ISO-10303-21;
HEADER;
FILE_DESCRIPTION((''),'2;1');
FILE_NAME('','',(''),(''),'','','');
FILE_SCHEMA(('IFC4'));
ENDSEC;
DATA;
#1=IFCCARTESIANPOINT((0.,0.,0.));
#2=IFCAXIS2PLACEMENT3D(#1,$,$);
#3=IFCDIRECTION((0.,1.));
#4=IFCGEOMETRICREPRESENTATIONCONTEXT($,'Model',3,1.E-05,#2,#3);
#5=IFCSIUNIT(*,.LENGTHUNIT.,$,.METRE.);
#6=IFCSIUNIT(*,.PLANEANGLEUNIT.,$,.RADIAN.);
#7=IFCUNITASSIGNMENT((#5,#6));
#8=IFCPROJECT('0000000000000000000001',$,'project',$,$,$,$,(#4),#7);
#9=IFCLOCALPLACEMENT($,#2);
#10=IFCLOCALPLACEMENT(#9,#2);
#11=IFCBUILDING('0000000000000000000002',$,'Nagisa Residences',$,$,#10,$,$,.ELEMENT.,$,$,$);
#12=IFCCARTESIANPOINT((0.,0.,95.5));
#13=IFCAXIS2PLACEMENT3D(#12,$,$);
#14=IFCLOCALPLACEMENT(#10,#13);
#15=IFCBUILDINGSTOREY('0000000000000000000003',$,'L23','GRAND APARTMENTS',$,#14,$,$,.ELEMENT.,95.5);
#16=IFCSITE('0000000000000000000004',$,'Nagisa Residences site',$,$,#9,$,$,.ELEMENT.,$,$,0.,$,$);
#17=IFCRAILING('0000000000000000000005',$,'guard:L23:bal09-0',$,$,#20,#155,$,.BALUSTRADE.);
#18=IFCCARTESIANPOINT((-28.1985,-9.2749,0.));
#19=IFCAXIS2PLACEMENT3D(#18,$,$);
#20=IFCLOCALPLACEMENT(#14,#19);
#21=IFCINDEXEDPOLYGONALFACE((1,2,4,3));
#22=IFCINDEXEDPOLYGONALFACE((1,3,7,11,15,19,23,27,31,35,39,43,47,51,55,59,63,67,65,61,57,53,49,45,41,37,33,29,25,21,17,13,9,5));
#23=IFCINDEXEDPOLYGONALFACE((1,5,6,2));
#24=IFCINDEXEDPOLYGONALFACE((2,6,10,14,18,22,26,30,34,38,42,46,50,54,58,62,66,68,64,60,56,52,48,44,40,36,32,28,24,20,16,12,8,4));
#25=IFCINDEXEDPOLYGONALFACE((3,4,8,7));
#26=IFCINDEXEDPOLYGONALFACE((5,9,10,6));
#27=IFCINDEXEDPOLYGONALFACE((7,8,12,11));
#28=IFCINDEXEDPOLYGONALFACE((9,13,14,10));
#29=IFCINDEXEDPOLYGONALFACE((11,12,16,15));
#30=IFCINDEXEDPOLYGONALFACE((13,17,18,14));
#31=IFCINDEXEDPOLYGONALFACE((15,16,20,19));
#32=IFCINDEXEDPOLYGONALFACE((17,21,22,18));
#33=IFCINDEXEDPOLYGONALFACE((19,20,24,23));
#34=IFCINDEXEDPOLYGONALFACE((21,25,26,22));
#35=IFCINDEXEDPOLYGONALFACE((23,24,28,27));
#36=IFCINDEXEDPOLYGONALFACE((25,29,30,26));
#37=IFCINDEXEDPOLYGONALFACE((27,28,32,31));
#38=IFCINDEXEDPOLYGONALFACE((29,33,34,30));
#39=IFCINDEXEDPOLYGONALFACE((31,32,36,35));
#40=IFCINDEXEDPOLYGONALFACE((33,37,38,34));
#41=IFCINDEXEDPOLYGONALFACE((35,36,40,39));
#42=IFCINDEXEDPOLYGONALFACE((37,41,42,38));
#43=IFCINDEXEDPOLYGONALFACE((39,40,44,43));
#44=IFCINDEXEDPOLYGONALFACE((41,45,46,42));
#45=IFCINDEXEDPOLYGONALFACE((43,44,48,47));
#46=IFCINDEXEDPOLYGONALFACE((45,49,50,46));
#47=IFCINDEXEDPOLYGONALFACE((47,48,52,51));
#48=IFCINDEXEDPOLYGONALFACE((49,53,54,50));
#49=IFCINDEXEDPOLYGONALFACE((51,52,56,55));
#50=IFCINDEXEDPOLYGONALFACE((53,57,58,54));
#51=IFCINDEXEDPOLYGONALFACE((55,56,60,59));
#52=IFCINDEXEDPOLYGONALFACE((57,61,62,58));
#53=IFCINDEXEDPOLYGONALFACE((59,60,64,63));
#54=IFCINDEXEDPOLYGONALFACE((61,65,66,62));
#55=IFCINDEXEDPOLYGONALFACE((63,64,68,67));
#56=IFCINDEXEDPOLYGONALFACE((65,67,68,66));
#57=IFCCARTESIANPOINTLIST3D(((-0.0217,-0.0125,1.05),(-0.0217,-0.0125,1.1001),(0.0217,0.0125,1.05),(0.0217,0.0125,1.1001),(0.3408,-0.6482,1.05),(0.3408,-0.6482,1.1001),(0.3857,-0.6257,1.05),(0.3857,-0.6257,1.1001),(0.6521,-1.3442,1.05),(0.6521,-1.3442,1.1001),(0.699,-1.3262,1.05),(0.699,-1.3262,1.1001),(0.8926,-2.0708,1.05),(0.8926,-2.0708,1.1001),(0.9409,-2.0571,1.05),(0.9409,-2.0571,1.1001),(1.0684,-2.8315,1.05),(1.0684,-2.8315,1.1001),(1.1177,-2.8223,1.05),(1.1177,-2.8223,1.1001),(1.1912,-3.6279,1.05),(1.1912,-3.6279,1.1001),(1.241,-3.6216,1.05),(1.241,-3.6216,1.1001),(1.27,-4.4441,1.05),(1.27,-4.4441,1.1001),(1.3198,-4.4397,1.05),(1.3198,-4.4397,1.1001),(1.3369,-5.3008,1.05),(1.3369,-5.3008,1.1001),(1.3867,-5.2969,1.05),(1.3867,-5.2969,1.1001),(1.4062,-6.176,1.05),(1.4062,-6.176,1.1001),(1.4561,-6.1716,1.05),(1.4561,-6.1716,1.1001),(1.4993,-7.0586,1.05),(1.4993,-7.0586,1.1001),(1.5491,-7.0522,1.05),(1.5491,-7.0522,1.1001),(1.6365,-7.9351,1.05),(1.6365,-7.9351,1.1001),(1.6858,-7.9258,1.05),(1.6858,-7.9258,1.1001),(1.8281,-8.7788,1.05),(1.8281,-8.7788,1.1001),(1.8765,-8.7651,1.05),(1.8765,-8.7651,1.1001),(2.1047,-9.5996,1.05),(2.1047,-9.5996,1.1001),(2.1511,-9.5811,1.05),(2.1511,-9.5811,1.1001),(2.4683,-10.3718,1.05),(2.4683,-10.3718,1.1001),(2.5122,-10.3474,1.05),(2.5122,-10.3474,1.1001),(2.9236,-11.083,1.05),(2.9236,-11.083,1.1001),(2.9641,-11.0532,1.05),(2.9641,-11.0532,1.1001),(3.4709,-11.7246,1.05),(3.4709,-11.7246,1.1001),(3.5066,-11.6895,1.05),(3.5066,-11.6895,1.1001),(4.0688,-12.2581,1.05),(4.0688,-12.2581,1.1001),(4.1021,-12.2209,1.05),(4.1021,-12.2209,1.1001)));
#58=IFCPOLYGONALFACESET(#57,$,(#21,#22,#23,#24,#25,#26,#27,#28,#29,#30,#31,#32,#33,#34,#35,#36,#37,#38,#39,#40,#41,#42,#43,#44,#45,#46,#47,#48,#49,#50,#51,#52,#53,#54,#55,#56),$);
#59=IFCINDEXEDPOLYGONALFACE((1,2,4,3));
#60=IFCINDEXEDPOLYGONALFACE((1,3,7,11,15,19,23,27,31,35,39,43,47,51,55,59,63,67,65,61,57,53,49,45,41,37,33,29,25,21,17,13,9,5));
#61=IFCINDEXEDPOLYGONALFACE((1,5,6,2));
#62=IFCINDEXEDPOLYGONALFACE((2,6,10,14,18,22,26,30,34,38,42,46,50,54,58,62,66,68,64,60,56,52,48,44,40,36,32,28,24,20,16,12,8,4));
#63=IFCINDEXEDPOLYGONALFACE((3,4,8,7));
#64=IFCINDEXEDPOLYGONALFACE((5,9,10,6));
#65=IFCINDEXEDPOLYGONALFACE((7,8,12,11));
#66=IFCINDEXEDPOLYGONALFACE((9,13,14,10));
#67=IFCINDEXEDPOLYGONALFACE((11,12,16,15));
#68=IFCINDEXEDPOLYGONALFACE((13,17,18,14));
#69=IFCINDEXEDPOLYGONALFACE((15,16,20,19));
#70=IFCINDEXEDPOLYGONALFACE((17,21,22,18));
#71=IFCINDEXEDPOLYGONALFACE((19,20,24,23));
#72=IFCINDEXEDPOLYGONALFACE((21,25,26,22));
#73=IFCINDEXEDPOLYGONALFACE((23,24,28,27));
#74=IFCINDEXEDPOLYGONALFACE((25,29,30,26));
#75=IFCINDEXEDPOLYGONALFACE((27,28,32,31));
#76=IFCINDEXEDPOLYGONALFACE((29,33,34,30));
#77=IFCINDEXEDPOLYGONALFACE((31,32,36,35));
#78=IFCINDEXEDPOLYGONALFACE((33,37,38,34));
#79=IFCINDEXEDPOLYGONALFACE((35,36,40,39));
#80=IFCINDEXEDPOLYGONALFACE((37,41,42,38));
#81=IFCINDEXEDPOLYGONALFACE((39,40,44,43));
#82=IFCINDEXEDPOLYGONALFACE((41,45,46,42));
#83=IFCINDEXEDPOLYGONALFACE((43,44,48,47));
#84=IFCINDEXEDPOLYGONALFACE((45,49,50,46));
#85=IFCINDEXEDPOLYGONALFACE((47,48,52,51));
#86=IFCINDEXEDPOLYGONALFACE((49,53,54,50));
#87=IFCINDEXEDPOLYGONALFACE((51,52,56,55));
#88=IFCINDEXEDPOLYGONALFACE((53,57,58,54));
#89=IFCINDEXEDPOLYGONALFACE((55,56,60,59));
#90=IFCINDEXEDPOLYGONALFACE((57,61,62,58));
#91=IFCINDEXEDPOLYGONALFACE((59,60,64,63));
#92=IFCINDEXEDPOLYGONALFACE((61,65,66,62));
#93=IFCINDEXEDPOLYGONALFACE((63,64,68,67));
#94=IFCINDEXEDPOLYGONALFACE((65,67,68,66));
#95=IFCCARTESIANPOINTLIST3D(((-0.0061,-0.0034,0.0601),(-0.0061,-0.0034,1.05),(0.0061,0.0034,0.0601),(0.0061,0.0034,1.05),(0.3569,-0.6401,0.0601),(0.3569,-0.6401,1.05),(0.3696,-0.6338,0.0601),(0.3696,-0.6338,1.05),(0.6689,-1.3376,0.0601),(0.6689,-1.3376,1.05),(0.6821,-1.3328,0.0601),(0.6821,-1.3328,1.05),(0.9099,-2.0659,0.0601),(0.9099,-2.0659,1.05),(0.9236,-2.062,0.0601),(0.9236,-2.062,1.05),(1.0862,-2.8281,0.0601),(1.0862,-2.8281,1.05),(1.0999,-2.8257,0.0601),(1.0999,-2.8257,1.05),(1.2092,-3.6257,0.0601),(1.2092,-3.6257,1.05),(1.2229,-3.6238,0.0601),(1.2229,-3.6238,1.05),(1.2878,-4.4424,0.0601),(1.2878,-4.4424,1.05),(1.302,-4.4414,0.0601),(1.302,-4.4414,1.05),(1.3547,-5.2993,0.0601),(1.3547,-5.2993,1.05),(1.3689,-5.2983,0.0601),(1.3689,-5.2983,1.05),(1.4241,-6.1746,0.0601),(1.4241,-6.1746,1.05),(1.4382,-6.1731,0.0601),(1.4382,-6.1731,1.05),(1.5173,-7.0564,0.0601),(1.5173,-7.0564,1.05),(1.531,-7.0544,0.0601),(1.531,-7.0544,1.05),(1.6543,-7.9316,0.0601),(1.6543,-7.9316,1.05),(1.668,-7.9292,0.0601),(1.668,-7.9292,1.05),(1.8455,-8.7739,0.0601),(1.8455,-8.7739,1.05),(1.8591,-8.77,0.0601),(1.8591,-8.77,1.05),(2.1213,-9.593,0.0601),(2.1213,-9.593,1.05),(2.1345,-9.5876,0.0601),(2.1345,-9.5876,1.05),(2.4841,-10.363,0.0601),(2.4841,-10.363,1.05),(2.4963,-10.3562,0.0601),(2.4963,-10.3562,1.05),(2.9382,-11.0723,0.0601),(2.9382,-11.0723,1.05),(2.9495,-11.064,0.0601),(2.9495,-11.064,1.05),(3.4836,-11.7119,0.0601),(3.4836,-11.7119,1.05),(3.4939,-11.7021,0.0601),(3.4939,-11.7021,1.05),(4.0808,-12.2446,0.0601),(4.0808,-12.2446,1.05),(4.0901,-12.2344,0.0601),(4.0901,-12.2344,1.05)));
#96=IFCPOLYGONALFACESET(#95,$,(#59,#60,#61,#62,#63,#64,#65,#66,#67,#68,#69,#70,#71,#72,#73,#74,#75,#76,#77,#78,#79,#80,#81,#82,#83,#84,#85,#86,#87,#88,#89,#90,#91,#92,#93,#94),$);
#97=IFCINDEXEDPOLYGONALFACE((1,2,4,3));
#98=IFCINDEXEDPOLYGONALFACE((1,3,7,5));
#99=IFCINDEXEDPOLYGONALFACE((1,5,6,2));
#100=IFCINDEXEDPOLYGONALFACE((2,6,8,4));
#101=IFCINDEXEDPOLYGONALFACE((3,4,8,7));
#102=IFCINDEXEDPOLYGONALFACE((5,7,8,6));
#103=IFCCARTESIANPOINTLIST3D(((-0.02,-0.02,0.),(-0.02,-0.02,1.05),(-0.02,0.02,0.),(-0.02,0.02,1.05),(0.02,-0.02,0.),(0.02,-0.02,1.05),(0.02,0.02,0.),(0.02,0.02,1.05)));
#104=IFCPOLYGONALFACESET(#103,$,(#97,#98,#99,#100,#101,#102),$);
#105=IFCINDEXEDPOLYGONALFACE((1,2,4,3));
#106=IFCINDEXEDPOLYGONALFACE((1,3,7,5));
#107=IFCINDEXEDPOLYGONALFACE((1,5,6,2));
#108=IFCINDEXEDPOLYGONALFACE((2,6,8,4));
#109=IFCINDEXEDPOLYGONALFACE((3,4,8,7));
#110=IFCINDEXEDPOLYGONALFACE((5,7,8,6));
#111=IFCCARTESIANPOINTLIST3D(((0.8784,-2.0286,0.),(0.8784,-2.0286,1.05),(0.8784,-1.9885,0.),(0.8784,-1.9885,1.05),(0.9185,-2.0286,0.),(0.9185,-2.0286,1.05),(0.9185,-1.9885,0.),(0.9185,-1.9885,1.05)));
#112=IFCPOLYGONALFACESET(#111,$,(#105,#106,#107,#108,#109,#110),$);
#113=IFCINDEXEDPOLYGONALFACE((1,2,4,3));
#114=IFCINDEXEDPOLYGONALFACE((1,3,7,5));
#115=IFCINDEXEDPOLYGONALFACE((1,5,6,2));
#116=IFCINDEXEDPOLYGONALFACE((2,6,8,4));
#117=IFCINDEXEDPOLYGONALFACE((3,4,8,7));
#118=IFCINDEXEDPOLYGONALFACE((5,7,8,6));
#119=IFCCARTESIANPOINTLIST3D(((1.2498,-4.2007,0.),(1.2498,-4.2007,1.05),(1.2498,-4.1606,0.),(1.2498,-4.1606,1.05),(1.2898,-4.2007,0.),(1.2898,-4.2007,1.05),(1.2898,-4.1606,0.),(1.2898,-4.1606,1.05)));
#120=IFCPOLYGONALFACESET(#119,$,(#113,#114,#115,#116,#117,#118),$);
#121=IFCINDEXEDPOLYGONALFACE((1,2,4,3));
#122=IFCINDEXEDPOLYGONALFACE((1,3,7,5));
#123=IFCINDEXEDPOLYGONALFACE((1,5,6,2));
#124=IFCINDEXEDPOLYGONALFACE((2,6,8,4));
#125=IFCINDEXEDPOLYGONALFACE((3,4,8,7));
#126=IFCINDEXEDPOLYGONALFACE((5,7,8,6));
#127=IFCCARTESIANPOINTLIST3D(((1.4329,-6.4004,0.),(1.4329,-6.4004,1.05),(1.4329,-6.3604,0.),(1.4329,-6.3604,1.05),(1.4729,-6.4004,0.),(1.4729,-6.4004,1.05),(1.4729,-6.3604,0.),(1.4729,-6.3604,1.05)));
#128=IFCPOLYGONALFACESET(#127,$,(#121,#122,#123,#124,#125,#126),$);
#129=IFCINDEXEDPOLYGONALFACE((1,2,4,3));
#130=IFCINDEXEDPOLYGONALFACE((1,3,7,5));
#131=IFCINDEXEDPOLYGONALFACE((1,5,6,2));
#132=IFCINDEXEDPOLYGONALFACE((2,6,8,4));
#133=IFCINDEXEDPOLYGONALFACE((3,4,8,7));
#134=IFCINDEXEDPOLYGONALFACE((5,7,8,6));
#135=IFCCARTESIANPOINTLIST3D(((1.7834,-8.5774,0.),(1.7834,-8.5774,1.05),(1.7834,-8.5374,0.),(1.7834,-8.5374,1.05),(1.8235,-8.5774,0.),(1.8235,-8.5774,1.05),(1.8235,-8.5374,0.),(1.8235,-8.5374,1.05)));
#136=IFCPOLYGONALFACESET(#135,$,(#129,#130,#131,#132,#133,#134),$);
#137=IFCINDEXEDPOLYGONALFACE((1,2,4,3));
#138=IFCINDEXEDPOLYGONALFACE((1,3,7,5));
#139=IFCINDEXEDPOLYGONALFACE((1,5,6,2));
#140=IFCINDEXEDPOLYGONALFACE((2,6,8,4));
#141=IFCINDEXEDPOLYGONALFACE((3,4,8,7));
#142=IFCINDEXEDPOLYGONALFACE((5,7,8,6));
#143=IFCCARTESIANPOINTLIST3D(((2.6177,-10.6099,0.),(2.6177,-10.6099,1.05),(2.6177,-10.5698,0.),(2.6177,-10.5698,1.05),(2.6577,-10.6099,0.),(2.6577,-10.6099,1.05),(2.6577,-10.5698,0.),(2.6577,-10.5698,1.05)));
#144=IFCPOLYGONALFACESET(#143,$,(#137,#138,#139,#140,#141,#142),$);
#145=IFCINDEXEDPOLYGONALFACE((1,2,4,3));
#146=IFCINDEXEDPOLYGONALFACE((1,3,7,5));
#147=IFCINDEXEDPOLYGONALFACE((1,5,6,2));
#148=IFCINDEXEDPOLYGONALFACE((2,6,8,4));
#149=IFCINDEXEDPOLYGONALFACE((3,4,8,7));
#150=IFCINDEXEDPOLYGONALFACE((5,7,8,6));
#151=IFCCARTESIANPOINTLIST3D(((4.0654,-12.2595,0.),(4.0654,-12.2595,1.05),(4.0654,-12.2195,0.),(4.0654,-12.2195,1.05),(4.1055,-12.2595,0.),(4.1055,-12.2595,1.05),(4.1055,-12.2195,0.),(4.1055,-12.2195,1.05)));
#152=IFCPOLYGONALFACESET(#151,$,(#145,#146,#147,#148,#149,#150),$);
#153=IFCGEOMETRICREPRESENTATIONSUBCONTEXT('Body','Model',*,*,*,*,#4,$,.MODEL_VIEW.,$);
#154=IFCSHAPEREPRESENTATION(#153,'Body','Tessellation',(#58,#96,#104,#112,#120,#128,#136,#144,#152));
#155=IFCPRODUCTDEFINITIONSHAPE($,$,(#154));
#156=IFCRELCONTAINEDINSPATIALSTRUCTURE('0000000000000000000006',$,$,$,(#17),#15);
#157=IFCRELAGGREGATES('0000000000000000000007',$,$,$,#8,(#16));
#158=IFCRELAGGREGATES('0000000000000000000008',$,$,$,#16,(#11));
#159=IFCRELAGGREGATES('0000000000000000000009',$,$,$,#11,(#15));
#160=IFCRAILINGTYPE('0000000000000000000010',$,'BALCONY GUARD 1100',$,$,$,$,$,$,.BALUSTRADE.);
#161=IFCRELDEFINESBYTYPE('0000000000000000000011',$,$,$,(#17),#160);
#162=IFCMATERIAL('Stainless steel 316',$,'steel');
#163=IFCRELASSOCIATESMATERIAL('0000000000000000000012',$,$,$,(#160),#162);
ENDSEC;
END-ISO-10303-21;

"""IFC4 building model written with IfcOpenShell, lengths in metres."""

from ifc_helpers import new_model, si_unit, direction, frame, origin, origin_2d, place, context, subcontext, project, spatial, polyline, rectangle, outline, extrude, material, type_object, element, save


model = new_model("IFC4")

# Units and contexts
model_context = context("Model", 3, precision=1e-05, world=origin(), true_north=direction((0.0, 1.0)))
body_context = subcontext(model_context, "Body", "Model", "MODEL_VIEW")
ifc_project = project(units=[si_unit("LENGTHUNIT", "METRE"), si_unit("PLANEANGLEUNIT", "RADIAN")], contexts=[model_context])

# Site, building, storey
site_placement = place(None, origin())
site = spatial("IfcSite", under=ifc_project, at=site_placement, Name="Nagisa Residences site", CompositionType="ELEMENT", RefElevation=0.0)
building_placement = place(site_placement, origin())
building = spatial("IfcBuilding", under=site, at=building_placement, Name="Nagisa Residences", CompositionType="ELEMENT")
storey_placement = place(building_placement, frame((0.0, 0.0, 95.5)))
storey = spatial("IfcBuildingStorey", under=building, at=storey_placement, Name="L23", Description="GRAND APARTMENTS", CompositionType="ELEMENT", Elevation=95.5)

# Railing
ifc_material_1 = material(Name="Stainless steel 316", Category="steel")
railing_type = type_object("IfcRailingType", Name="BALCONY GUARD 1100", PredefinedType="BALUSTRADE", material=ifc_material_1)
railing_placement = place(storey_placement, frame((-28.1985, -9.2749, 0.0)))
element("IfcRailing", 1, at=railing_placement, inside=storey, type_object=railing_type, Name="guard:L23:bal09-0", PredefinedType="BALUSTRADE", context=body_context, shape_type="SweptSolid", body=[
    extrude(outline(polyline([(0.3857, -0.6257), (0.0217, 0.0125), (-0.0217, -0.0125), (0.3408, -0.6482), (0.6521, -1.3442), (0.8926, -2.0708), (1.0684, -2.8315), (1.1912, -3.6279), (1.27, -4.4441), (1.3369, -5.3008), (1.4062, -6.176), (1.4993, -7.0586), (1.6365, -7.9351), (1.8281, -8.7788), (2.1047, -9.5996), (2.4683, -10.3718), (2.9236, -11.083), (3.4709, -11.7246), (4.0688, -12.2581), (4.1021, -12.2209), (3.5066, -11.6895), (2.9641, -11.0532), (2.5122, -10.3474), (2.1511, -9.5811), (1.8765, -8.7651), (1.6858, -7.9258), (1.5491, -7.0522), (1.4561, -6.1716), (1.3867, -5.2969), (1.3198, -4.4397), (1.241, -3.6216), (1.1177, -2.8223), (0.9409, -2.0571), (0.699, -1.3262), (0.3857, -0.6257)])), frame((0.0, 0.0, 1.05)), (0.0, 0.0, 1.0), 0.05),
    extrude(outline(polyline([(0.3696, -0.6338), (0.0061, 0.0034), (-0.0061, -0.0034), (0.3569, -0.6401), (0.6689, -1.3376), (0.9099, -2.0659), (1.0862, -2.8281), (1.2092, -3.6257), (1.2878, -4.4424), (1.3547, -5.2993), (1.4241, -6.1746), (1.5173, -7.0564), (1.6543, -7.9316), (1.8455, -8.7739), (2.1213, -9.593), (2.4841, -10.363), (2.9382, -11.0723), (3.4836, -11.7119), (4.0808, -12.2446), (4.0901, -12.2344), (3.4939, -11.7021), (2.9495, -11.064), (2.4963, -10.3562), (2.1345, -9.5876), (1.8591, -8.77), (1.668, -7.9292), (1.531, -7.0544), (1.4382, -6.1731), (1.3689, -5.2983), (1.302, -4.4414), (1.2229, -3.6238), (1.0999, -2.8257), (0.9236, -2.062), (0.6821, -1.3328), (0.3696, -0.6338)])), frame((0.0, 0.0, 0.0601)), (0.0, 0.0, 1.0), 0.99),
    extrude(rectangle(XDim=0.04, YDim=0.04, at=origin_2d()), origin(), (0.0, 0.0, 1.0), 1.05),
    extrude(rectangle(XDim=0.04, YDim=0.04, at=origin_2d()), frame((0.8984, -2.0085, 0.0)), (0.0, 0.0, 1.0), 1.05),
    extrude(rectangle(XDim=0.04, YDim=0.04, at=origin_2d()), frame((1.2698, -4.1807, 0.0)), (0.0, 0.0, 1.0), 1.05),
    extrude(rectangle(XDim=0.04, YDim=0.04, at=origin_2d()), frame((1.4529, -6.3804, 0.0)), (0.0, 0.0, 1.0), 1.05),
    extrude(rectangle(XDim=0.04, YDim=0.04, at=origin_2d()), frame((1.8035, -8.5574, 0.0)), (0.0, 0.0, 1.0), 1.05),
    extrude(rectangle(XDim=0.04, YDim=0.04, at=origin_2d()), frame((2.6377, -10.5898, 0.0)), (0.0, 0.0, 1.0), 1.05),
    extrude(rectangle(XDim=0.04, YDim=0.04, at=origin_2d()), frame((4.0854, -12.2395, 0.0)), (0.0, 0.0, 1.0), 1.05),
])

save(model, "model.ifc")
